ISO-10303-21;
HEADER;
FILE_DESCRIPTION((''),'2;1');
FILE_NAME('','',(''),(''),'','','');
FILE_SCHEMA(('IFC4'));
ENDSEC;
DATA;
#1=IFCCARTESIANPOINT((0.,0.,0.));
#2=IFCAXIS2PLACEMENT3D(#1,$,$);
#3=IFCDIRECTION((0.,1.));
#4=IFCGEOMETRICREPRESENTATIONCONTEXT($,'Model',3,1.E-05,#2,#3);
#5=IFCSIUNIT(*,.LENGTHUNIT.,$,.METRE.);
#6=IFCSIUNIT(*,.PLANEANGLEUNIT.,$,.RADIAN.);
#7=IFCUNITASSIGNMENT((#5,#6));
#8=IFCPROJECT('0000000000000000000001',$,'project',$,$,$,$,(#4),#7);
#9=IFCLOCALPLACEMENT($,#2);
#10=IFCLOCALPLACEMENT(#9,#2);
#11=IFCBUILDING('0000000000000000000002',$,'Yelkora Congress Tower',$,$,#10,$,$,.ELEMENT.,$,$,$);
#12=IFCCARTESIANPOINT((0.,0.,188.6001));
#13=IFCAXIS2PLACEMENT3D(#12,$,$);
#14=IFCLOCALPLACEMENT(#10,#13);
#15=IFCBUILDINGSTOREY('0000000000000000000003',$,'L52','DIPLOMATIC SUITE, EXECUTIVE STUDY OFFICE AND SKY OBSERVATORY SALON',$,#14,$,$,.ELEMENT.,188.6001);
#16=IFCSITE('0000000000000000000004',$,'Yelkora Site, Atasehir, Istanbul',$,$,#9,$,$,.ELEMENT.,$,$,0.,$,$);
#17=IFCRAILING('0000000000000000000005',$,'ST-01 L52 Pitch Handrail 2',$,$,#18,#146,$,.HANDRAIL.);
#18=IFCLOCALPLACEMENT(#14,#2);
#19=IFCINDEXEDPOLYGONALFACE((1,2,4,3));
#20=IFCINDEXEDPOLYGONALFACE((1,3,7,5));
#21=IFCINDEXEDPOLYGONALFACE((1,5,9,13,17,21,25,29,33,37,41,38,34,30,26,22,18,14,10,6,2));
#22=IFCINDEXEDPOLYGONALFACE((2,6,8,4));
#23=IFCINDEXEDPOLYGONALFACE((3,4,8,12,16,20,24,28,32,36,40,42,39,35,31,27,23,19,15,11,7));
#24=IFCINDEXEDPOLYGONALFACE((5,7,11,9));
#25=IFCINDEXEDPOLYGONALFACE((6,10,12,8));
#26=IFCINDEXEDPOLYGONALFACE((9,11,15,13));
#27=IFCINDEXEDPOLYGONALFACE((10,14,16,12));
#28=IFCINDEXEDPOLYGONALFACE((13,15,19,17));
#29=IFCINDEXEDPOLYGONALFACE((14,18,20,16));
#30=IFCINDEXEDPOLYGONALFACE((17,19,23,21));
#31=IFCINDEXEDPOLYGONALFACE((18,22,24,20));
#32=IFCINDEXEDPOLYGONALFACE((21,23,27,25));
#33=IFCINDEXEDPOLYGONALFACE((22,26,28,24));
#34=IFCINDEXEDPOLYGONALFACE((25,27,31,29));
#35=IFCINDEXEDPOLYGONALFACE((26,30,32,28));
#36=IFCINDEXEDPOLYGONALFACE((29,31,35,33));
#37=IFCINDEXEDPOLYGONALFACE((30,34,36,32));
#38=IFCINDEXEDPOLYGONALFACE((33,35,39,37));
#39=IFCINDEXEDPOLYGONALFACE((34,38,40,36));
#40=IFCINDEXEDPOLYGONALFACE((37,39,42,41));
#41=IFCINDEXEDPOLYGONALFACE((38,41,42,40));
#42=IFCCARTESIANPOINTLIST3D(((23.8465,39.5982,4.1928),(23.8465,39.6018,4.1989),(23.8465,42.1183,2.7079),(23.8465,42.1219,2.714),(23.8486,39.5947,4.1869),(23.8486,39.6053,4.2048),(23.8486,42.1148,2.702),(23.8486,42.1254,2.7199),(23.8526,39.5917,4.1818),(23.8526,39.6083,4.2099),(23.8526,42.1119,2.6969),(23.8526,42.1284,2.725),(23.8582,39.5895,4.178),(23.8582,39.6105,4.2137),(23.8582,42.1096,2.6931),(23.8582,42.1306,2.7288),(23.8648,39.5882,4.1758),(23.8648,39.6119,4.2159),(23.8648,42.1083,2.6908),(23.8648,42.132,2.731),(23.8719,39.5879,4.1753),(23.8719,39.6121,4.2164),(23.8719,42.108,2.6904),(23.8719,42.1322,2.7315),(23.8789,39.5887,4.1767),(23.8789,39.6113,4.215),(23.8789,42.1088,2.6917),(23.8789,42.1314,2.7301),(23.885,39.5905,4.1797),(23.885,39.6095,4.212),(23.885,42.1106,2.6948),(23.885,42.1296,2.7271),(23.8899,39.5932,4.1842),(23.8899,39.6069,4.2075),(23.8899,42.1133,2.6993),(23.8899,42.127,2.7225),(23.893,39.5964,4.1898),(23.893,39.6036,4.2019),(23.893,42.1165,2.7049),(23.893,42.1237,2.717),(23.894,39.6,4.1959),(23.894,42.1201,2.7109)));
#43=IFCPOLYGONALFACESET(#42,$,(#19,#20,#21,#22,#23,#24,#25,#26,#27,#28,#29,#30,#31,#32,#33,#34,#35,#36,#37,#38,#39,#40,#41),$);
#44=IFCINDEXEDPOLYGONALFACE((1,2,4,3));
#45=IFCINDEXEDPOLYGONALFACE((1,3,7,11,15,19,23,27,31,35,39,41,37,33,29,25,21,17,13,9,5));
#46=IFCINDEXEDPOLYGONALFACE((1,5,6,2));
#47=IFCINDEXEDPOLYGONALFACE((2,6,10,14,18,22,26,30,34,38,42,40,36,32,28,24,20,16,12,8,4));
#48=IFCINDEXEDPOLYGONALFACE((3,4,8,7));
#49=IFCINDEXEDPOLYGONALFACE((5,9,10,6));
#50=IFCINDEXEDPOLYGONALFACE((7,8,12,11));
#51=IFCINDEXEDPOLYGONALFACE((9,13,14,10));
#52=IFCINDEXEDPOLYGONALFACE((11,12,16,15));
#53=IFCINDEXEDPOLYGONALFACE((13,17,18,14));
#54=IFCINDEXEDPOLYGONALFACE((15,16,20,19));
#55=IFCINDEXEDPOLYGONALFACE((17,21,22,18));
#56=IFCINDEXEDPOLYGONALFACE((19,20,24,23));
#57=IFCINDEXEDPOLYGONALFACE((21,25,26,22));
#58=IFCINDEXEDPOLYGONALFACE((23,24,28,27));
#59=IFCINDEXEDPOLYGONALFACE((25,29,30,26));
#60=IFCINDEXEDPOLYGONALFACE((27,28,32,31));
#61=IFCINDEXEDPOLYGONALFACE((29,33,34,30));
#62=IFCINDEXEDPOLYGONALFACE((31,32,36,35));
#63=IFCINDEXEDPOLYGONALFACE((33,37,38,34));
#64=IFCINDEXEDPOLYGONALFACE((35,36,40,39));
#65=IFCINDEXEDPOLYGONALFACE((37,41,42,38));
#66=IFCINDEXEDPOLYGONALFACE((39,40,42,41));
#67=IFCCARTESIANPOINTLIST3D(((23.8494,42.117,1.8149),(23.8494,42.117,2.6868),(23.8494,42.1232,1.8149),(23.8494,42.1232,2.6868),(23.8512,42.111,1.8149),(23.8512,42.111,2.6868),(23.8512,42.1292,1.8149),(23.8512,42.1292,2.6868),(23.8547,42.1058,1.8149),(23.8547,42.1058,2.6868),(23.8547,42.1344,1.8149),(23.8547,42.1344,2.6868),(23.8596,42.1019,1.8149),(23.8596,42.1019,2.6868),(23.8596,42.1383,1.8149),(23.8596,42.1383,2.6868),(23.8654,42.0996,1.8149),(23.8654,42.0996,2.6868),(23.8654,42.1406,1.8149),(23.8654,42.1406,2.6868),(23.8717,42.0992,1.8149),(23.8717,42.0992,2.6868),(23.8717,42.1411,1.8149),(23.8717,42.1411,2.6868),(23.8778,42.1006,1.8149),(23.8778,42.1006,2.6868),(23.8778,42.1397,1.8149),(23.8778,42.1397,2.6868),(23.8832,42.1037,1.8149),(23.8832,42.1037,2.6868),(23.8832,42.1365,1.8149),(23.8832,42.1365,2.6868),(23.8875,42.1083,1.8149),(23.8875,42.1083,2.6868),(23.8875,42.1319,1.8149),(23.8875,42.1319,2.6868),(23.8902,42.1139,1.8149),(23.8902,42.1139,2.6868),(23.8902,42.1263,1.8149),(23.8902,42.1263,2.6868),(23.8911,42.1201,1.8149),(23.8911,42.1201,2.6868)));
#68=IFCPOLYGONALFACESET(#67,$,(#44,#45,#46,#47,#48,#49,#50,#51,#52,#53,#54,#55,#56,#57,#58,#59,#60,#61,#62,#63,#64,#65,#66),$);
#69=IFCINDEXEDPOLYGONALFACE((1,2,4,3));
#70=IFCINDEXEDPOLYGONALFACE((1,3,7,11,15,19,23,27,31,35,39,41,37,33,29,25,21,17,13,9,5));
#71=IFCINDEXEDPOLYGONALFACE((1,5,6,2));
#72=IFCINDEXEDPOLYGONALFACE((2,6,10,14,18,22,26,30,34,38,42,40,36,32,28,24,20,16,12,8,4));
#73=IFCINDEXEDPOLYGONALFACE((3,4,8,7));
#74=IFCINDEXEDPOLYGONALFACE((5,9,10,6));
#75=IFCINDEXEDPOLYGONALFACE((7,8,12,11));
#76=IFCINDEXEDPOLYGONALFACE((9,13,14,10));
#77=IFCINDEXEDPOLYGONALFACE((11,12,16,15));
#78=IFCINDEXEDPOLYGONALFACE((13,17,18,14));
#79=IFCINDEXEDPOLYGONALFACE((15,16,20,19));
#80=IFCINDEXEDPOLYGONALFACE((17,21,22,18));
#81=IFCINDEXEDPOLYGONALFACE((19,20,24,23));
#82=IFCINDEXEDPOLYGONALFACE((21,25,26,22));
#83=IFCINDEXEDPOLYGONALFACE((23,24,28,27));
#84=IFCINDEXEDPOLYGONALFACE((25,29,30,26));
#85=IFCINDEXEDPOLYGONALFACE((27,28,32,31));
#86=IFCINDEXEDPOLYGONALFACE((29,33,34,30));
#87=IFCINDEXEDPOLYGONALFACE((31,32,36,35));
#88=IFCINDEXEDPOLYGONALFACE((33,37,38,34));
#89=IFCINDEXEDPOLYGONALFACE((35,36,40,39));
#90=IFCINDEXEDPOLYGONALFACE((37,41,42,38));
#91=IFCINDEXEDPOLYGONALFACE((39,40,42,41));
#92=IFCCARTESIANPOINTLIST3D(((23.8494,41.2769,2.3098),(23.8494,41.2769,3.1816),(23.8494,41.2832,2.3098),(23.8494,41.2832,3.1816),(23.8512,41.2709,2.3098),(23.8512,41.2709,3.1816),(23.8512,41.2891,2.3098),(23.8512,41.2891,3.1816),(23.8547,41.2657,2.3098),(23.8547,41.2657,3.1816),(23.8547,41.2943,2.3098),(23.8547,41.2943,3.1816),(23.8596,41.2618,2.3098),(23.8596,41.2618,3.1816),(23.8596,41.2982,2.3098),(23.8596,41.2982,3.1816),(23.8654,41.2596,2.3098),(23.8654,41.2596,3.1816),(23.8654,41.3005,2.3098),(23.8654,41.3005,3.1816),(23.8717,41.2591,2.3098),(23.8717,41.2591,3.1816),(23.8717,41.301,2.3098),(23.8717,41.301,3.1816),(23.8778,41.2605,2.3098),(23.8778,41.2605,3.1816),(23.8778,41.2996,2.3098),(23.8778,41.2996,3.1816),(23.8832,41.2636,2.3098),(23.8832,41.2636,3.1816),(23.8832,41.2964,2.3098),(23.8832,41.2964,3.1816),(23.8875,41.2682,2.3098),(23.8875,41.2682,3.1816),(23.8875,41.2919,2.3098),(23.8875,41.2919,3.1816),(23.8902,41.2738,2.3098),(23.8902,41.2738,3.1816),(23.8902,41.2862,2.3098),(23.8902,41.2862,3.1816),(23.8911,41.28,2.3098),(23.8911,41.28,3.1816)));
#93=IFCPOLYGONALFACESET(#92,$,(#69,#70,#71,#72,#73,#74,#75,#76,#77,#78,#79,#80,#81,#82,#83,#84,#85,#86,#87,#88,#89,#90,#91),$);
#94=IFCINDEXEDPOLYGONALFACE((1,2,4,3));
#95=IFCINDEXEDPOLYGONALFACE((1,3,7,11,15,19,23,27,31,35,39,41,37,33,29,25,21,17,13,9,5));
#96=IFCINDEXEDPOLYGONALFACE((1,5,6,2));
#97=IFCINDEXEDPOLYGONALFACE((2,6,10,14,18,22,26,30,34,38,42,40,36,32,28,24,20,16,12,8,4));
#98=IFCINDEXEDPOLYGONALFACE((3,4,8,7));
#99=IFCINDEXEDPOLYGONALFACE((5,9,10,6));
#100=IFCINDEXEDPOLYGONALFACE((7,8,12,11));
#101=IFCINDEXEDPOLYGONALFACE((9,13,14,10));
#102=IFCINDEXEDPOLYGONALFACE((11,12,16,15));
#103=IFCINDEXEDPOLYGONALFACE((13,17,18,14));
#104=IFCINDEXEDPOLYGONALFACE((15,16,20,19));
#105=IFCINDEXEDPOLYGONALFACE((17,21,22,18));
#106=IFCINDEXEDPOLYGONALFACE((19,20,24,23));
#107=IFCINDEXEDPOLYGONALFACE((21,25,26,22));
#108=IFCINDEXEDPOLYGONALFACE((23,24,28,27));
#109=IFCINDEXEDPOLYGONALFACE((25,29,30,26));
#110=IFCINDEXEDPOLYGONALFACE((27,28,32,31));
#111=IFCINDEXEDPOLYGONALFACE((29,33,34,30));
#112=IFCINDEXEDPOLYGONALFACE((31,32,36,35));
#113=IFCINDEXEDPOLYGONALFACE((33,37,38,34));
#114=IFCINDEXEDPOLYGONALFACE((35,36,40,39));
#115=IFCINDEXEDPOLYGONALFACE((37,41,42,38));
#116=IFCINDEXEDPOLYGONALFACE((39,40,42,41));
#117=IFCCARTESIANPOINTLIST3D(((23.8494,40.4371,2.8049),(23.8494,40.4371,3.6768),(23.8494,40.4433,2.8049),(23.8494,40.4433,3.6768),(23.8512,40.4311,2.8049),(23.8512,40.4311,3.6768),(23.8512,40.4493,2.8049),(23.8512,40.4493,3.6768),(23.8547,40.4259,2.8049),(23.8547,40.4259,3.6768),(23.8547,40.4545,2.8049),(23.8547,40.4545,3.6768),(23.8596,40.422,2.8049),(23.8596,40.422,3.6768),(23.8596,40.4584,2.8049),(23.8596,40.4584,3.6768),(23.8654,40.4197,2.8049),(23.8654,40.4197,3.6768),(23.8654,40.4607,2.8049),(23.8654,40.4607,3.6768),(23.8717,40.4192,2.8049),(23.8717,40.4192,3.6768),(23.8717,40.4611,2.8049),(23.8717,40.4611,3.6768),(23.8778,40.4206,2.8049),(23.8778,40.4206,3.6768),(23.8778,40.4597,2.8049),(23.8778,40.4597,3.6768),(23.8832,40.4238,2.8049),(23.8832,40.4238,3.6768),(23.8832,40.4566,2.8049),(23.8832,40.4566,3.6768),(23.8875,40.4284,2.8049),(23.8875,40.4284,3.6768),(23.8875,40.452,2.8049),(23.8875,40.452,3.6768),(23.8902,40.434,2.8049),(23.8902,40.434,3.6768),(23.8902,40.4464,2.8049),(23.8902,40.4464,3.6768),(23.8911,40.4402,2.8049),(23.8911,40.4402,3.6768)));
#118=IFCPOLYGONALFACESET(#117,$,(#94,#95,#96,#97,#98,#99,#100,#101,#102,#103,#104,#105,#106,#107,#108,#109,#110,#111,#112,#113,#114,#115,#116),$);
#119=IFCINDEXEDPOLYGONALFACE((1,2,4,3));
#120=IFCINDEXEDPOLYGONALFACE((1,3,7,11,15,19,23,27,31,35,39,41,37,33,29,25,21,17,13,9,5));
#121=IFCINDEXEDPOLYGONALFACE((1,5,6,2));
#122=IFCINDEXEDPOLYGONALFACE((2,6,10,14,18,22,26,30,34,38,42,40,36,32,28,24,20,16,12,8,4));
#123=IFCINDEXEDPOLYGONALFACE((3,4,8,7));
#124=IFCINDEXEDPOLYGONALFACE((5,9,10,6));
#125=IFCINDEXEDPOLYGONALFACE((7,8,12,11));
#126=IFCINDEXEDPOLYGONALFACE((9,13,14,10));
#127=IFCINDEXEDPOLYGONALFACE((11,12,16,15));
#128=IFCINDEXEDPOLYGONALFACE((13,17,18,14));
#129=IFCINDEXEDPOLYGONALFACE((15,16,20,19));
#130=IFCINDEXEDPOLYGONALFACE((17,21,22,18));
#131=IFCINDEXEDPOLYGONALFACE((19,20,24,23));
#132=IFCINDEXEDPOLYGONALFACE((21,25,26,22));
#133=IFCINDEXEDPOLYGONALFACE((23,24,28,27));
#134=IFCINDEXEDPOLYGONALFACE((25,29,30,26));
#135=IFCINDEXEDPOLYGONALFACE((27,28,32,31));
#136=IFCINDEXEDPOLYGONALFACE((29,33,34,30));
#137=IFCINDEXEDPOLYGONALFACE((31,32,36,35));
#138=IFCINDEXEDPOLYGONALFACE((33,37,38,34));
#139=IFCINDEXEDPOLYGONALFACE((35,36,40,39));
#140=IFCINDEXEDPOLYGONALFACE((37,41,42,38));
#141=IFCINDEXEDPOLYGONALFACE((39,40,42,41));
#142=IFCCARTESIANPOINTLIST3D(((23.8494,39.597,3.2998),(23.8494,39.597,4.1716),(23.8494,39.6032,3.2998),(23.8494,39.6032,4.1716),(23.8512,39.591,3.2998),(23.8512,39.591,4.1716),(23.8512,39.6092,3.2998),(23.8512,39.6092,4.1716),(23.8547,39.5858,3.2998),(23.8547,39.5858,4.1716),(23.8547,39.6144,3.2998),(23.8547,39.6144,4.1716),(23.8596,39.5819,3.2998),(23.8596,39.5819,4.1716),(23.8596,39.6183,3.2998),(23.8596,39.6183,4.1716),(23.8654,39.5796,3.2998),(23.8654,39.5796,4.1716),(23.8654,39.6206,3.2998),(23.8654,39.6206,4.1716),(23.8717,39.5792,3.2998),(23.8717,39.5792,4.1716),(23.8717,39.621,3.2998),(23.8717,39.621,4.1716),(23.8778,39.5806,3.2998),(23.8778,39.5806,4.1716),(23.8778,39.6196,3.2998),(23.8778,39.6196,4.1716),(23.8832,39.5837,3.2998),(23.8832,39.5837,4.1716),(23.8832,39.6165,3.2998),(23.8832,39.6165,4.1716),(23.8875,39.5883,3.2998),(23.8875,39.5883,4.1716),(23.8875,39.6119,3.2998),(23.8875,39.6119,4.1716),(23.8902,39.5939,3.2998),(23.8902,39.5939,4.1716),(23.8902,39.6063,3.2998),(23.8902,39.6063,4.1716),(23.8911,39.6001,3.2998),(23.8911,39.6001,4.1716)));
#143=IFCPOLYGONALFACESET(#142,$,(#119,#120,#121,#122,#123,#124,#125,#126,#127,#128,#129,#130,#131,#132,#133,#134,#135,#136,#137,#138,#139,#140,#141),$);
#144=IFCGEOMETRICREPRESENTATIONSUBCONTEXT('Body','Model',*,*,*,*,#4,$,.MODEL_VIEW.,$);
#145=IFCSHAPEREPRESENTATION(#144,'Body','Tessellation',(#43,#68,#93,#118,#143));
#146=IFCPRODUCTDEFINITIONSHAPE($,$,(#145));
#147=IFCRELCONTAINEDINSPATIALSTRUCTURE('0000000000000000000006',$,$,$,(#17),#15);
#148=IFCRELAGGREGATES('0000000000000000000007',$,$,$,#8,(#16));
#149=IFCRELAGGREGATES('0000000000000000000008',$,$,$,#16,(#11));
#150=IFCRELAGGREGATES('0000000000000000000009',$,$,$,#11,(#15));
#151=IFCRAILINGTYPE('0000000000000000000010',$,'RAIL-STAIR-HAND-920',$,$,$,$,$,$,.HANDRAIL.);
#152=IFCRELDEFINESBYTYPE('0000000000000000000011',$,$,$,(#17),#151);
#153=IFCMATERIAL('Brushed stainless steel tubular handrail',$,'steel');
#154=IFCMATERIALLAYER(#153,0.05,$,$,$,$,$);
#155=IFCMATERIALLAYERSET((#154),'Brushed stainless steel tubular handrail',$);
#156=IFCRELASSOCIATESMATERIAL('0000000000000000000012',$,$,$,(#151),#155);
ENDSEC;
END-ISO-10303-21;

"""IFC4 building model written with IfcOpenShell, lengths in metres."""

from ifc_helpers import new_model, si_unit, direction, frame, origin, origin_2d, place, context, subcontext, project, spatial, circle, extrude, material, layer, layer_set, type_object, element, save


model = new_model("IFC4")

# Units and contexts
model_context = context("Model", 3, precision=1e-05, world=origin(), true_north=direction((0.0, 1.0)))
body_context = subcontext(model_context, "Body", "Model", "MODEL_VIEW")
ifc_project = project(units=[si_unit("LENGTHUNIT", "METRE"), si_unit("PLANEANGLEUNIT", "RADIAN")], contexts=[model_context])

# Site, building, storey
site_placement = place(None, origin())
site = spatial("IfcSite", under=ifc_project, at=site_placement, Name="Yelkora Site, Atasehir, Istanbul", CompositionType="ELEMENT", RefElevation=0.0)
building_placement = place(site_placement, origin())
building = spatial("IfcBuilding", under=site, at=building_placement, Name="Yelkora Congress Tower", CompositionType="ELEMENT")
storey_placement = place(building_placement, frame((0.0, 0.0, 188.6001)))
storey = spatial("IfcBuildingStorey", under=building, at=storey_placement, Name="L52", Description="DIPLOMATIC SUITE, EXECUTIVE STUDY OFFICE AND SKY OBSERVATORY SALON", CompositionType="ELEMENT", Elevation=188.6001)

# Railing
ifc_material_1 = material(Name="Brushed stainless steel tubular handrail", Category="steel")
ifc_layer_1 = layer(ifc_material_1, 0.05)
ifc_layer_set_1 = layer_set([ifc_layer_1], Name="Brushed stainless steel tubular handrail")
railing_type_1 = type_object("IfcRailingType", Name="RAIL-STAIR-HAND-920", PredefinedType="HANDRAIL", material=ifc_layer_set_1)
railing_1_placement = place(storey_placement, frame((23.8701, 42.1201, 1.8149)))
element("IfcRailing", 1, at=railing_1_placement, inside=storey, type_object=railing_type_1, Name="ST-01 L52 Pitch Handrail 2", PredefinedType="HANDRAIL", context=body_context, shape_type="SweptSolid", body=[
    extrude(circle(Radius=0.0239, at=origin_2d()), frame((0.0, 0.0, 0.896), z_axis=(0.0, -0.861561, 0.507655), x_axis=(1.0, 0.0, 0.0)), (0.0, 0.0, 1.0), 2.925),
    extrude(circle(Radius=0.021, at=origin_2d()), origin(), (0.0, 0.0, 1.0), 0.8718),
    extrude(circle(Radius=0.021, at=origin_2d()), frame((0.0, -0.8401, 0.4949)), (0.0, 0.0, 1.0), 0.8718),
    extrude(circle(Radius=0.021, at=origin_2d()), frame((0.0, -1.6799, 0.99)), (0.0, 0.0, 1.0), 0.8718),
    extrude(circle(Radius=0.021, at=origin_2d()), frame((0.0, -2.52, 1.4849)), (0.0, 0.0, 1.0), 0.8718),
])

save(model, "model.ifc")
